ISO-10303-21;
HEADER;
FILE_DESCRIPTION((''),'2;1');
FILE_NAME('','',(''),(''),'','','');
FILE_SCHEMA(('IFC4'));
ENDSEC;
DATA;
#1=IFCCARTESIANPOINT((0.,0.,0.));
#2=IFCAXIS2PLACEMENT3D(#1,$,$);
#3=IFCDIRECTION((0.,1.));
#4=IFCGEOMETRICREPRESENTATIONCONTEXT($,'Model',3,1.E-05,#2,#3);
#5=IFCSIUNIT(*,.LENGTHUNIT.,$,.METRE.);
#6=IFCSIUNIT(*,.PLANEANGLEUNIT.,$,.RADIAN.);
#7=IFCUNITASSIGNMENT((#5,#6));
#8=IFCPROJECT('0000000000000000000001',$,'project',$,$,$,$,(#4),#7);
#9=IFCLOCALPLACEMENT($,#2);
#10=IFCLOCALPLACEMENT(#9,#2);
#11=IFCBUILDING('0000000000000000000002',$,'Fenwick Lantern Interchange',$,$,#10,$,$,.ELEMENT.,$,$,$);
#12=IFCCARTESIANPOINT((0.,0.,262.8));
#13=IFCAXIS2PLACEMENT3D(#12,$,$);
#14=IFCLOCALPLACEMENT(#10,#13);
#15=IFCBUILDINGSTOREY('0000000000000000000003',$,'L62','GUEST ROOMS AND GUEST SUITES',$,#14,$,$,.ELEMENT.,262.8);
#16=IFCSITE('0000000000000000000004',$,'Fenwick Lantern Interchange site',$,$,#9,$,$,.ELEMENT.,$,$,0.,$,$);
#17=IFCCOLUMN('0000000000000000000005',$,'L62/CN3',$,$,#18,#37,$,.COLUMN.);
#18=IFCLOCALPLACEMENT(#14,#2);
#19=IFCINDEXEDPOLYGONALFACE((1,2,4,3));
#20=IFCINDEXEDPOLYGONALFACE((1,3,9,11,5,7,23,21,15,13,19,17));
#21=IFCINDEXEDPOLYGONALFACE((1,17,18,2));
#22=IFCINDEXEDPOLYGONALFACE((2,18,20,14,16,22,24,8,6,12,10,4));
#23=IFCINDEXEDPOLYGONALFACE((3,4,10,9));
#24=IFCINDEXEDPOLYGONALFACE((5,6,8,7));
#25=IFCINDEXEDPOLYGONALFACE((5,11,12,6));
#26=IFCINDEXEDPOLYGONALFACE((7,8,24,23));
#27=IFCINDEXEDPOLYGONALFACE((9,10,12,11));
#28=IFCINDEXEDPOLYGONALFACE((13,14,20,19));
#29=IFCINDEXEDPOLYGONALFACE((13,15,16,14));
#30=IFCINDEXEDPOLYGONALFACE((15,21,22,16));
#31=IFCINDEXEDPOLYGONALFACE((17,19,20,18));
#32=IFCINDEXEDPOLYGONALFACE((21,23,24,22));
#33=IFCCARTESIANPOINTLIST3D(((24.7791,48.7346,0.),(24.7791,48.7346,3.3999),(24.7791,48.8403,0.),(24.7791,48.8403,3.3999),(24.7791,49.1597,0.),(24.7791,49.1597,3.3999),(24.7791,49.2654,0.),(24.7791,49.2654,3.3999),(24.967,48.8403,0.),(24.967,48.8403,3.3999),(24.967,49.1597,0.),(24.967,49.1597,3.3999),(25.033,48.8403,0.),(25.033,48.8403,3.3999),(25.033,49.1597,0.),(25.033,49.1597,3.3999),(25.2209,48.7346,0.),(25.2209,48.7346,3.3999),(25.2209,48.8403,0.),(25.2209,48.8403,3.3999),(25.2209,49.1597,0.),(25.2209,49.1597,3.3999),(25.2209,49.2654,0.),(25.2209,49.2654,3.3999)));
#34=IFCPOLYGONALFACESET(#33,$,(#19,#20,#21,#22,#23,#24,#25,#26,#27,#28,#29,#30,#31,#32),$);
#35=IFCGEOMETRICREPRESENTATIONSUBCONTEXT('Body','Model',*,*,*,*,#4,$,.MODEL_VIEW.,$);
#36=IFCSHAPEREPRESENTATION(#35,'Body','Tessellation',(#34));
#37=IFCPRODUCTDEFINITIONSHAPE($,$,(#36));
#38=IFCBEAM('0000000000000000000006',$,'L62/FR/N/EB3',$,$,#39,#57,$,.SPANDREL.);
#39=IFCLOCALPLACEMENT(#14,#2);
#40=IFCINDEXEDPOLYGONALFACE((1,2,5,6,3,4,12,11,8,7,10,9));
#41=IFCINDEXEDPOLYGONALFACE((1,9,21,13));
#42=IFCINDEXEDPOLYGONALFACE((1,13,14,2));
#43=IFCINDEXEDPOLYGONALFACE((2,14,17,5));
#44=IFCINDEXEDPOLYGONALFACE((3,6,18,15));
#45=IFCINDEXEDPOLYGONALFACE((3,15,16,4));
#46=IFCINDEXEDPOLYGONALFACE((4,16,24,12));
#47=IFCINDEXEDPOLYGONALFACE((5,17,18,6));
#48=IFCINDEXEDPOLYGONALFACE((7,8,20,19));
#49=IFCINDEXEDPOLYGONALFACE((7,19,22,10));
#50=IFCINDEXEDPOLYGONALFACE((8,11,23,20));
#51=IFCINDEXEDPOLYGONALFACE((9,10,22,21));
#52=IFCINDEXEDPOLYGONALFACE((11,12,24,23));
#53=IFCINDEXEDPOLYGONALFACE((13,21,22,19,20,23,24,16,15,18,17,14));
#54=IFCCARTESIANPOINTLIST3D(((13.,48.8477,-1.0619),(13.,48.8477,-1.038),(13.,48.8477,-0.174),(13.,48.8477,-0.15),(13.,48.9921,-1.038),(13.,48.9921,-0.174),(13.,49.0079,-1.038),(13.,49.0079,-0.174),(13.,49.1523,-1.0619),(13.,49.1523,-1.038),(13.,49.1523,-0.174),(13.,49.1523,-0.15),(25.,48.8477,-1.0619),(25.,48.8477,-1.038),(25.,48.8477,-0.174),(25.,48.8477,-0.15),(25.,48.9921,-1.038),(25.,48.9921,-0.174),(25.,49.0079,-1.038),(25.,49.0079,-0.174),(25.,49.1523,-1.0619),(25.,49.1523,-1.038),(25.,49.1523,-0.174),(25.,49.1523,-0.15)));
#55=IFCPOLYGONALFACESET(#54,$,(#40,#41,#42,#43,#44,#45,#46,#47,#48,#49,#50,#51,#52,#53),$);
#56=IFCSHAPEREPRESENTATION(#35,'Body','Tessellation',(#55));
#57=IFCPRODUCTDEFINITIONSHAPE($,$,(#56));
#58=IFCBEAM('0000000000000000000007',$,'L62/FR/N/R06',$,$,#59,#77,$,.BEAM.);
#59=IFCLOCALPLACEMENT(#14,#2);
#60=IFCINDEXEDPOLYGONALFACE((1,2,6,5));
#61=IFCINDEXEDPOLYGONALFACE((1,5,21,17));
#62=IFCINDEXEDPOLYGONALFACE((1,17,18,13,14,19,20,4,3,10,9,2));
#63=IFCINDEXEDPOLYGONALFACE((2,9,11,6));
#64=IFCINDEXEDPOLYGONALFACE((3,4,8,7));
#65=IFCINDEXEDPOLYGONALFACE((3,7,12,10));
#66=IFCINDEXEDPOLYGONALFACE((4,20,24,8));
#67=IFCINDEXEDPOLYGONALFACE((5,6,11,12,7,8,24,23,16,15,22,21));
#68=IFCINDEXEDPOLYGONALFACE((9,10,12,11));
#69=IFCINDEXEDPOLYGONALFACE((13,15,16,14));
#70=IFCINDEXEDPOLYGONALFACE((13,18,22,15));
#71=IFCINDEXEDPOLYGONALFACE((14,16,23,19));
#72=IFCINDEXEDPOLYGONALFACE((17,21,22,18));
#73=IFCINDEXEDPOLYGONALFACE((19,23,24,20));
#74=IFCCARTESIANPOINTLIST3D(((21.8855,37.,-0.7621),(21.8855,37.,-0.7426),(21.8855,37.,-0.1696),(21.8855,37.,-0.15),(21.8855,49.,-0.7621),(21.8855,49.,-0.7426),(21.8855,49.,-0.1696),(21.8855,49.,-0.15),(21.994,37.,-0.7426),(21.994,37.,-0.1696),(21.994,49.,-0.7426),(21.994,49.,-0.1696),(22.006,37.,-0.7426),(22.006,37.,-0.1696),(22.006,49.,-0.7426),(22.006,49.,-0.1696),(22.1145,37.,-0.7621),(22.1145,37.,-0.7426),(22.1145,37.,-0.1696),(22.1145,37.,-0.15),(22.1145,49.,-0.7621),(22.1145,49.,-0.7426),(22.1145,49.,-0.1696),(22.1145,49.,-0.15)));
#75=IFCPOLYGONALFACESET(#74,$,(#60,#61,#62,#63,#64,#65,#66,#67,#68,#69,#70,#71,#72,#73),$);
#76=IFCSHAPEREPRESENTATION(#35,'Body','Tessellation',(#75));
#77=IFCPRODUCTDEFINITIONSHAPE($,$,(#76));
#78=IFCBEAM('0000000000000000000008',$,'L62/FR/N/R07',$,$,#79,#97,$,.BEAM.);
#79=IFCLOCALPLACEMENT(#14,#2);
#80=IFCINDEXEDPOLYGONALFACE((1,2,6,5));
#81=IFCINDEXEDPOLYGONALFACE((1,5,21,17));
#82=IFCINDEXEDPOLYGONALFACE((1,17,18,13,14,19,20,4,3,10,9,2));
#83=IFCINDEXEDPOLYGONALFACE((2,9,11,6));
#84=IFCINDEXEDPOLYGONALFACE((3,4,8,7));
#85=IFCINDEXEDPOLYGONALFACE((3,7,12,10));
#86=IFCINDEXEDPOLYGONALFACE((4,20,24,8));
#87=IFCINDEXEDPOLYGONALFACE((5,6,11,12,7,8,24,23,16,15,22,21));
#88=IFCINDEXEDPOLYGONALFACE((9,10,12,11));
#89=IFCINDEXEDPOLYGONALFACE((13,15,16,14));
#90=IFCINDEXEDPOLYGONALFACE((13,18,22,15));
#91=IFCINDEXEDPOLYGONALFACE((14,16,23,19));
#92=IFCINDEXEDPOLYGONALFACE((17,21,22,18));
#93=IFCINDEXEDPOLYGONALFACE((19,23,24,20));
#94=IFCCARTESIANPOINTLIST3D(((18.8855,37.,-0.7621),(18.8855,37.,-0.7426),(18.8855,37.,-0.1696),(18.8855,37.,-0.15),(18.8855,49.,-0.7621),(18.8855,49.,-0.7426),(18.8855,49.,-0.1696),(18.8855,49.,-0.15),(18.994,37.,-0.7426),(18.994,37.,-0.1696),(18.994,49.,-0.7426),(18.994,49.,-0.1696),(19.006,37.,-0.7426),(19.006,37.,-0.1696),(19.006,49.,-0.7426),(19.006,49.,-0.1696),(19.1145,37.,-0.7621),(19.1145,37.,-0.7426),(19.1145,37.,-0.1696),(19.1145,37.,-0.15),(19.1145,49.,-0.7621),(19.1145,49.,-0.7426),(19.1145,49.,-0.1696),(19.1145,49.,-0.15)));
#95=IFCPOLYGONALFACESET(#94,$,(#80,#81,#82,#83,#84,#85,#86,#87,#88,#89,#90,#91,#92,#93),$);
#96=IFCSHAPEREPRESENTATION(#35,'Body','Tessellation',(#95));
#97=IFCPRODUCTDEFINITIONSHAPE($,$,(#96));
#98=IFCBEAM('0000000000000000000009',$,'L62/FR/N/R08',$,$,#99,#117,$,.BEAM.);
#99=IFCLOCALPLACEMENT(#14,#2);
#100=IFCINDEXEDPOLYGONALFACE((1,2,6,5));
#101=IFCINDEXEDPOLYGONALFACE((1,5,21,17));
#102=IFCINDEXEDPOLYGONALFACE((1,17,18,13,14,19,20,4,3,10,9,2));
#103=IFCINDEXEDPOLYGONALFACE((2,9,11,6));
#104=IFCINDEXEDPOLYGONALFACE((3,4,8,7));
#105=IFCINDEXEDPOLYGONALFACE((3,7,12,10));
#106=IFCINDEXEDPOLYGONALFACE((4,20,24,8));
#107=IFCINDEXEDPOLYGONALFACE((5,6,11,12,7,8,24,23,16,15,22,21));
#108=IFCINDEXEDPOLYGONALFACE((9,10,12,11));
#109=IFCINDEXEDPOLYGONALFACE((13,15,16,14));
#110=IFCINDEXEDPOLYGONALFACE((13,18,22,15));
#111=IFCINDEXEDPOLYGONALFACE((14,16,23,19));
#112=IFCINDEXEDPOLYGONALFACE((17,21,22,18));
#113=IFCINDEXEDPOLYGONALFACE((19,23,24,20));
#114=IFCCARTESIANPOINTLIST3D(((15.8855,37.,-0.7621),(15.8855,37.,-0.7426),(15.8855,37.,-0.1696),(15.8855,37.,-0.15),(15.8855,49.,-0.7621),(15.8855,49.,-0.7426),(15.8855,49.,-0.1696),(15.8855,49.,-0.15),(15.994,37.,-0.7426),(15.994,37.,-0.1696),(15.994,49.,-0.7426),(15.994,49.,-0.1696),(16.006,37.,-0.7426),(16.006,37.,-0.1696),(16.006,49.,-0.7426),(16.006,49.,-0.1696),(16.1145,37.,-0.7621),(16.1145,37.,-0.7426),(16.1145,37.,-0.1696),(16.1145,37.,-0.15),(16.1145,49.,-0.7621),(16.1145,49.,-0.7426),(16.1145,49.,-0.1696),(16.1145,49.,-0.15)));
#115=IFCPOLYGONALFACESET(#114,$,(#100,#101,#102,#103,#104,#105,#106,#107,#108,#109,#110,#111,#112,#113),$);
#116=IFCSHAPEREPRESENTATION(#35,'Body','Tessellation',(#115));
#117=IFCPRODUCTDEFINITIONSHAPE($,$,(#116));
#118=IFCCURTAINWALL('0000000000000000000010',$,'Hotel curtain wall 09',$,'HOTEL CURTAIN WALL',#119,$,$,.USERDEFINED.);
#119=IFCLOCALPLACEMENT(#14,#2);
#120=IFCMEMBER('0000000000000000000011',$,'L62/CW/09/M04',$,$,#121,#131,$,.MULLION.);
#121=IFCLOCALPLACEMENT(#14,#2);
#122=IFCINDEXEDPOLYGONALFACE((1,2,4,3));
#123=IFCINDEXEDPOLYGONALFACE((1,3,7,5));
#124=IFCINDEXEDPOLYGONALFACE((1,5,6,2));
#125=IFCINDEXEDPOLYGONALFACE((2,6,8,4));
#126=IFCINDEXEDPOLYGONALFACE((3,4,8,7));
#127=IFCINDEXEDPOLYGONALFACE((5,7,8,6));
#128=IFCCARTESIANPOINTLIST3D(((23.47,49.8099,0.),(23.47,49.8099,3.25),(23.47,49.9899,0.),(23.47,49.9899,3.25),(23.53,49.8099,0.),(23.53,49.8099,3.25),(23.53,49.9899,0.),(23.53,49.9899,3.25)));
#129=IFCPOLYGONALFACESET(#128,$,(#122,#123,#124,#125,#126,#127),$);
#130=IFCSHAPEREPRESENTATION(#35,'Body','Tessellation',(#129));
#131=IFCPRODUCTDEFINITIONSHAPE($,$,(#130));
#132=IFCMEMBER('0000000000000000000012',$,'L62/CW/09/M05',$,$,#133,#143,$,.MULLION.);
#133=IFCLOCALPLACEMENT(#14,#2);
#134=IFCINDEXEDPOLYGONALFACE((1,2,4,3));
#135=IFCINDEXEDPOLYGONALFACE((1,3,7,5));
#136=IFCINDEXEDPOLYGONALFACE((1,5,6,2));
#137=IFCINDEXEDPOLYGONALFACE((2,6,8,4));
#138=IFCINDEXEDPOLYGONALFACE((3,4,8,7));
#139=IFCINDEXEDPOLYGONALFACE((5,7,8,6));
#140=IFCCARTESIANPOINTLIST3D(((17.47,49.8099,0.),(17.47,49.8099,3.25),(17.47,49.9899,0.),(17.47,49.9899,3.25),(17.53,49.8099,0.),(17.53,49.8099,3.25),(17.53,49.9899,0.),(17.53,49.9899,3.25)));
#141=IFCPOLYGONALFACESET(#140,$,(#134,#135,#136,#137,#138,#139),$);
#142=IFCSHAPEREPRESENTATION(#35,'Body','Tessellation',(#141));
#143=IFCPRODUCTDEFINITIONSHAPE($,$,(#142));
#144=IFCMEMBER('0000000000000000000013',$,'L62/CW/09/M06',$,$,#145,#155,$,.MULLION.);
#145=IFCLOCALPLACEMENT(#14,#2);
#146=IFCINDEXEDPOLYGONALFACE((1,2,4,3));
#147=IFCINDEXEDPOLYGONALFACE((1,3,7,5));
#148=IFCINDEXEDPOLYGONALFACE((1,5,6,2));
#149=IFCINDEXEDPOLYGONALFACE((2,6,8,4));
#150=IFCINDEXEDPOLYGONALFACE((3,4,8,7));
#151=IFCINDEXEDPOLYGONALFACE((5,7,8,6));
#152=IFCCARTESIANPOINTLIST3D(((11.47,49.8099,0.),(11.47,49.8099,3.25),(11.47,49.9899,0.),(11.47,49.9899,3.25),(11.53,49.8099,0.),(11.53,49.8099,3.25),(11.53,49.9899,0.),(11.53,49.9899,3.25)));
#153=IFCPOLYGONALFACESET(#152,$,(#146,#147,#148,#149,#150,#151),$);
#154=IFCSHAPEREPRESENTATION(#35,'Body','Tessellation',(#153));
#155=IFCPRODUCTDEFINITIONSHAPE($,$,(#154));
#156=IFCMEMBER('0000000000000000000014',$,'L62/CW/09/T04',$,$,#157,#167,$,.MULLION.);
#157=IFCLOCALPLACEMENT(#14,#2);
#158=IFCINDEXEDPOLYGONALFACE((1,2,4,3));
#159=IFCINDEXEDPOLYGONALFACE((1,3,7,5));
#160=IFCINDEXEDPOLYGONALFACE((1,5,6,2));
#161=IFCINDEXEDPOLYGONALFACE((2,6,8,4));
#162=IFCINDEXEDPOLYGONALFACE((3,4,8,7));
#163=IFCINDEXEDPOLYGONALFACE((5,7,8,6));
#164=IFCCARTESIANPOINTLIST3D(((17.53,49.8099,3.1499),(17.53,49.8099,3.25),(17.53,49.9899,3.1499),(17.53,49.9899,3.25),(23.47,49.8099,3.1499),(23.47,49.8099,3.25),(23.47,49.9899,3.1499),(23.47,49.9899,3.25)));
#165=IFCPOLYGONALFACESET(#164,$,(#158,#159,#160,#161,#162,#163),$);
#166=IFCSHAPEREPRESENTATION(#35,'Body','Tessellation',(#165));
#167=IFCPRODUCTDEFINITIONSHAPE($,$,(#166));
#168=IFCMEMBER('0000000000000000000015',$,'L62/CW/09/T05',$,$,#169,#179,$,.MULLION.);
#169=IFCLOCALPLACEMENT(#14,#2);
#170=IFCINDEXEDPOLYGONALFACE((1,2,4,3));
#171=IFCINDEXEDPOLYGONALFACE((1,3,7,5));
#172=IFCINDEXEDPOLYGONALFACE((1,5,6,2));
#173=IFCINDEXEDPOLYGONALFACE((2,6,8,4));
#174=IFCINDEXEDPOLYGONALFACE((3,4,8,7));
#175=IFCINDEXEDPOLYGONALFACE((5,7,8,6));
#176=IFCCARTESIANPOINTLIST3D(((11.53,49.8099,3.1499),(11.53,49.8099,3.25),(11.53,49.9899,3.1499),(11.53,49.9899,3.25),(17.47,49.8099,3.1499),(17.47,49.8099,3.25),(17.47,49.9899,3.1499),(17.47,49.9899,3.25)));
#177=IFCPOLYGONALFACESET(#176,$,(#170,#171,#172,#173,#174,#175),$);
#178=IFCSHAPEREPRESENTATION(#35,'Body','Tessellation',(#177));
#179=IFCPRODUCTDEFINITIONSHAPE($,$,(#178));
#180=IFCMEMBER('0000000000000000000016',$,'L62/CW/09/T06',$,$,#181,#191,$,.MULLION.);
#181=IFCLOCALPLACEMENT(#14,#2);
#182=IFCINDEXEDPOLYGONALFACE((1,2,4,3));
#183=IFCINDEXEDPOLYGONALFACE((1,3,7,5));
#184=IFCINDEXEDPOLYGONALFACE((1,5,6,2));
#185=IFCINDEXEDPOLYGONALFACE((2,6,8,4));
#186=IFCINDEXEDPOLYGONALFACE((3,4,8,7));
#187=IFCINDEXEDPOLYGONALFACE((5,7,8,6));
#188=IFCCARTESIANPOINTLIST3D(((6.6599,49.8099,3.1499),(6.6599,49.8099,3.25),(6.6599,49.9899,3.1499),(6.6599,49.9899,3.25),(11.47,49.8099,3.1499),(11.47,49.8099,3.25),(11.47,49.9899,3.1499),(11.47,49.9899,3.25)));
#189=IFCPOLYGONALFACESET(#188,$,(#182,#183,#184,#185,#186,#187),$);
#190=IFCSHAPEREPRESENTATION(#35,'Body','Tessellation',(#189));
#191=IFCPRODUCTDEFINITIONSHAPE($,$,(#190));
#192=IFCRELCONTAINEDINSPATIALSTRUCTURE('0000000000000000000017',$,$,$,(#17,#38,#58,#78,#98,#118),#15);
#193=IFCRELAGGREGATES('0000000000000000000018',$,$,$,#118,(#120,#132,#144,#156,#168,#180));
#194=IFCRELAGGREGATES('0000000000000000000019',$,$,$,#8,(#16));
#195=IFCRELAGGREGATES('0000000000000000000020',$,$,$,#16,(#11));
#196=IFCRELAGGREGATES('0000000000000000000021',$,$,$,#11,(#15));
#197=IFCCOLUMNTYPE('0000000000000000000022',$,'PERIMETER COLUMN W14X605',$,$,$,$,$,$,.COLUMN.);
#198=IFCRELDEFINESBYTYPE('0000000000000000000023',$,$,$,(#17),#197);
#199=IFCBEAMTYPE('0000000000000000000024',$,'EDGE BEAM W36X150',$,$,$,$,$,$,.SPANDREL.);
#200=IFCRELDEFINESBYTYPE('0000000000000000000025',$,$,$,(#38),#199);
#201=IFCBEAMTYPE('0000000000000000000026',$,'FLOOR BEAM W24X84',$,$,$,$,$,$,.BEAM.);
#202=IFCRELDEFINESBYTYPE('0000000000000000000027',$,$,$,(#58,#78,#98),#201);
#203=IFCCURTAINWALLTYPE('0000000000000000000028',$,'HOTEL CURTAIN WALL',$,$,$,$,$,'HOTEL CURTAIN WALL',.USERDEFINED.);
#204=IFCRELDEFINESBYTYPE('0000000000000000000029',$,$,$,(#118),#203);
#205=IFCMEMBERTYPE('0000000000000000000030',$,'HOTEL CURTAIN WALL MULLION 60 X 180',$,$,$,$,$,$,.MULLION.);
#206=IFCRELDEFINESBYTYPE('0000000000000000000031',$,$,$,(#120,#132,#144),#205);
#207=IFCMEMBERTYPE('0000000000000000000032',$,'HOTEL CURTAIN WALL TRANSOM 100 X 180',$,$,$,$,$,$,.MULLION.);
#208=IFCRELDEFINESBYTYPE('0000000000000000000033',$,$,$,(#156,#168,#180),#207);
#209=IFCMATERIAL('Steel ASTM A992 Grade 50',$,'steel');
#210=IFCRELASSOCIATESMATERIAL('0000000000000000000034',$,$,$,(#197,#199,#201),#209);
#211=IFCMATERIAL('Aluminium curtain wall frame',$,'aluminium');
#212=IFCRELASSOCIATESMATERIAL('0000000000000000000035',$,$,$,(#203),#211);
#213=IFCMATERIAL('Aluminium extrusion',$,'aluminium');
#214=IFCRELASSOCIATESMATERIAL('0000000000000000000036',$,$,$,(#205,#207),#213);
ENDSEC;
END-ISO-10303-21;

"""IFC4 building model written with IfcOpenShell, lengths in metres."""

from ifc_helpers import new_model, si_unit, direction, frame, origin, origin_2d, place, context, subcontext, project, spatial, rectangle, i_section, extrude, material, material_profile, profile_set, type_object, element, aggregate, save


model = new_model("IFC4")

# Units and contexts
model_context = context("Model", 3, precision=1e-05, world=origin(), true_north=direction((0.0, 1.0)))
body_context = subcontext(model_context, "Body", "Model", "MODEL_VIEW")
ifc_project = project(units=[si_unit("LENGTHUNIT", "METRE"), si_unit("PLANEANGLEUNIT", "RADIAN")], contexts=[model_context])

# Site, building, storey
site_placement = place(None, origin())
site = spatial("IfcSite", under=ifc_project, at=site_placement, Name="Fenwick Lantern Interchange site", CompositionType="ELEMENT", RefElevation=0.0)
building_placement = place(site_placement, origin())
building = spatial("IfcBuilding", under=site, at=building_placement, Name="Fenwick Lantern Interchange", CompositionType="ELEMENT")
storey_placement = place(building_placement, frame((0.0, 0.0, 262.8)))
storey = spatial("IfcBuildingStorey", under=building, at=storey_placement, Name="L62", Description="GUEST ROOMS AND GUEST SUITES", CompositionType="ELEMENT", Elevation=262.8)

# Column
ifc_material_1 = material(Name="Steel ASTM A992 Grade 50", Category="steel")
ifc_material_profile_1 = material_profile(ifc_material_1, i_section(OverallWidth=0.4419, OverallDepth=0.5308, WebThickness=0.0659, FlangeThickness=0.1057, at=origin_2d()), Name="W14X605")
ifc_profile_set_1 = profile_set([ifc_material_profile_1], Name="Steel ASTM A992 Grade 50")
column_type = type_object("IfcColumnType", Name="PERIMETER COLUMN W14X605", PredefinedType="COLUMN", material=ifc_profile_set_1)
column_placement = place(storey_placement, frame((25.0, 49.0, 0.0), z_axis=(0.0, 0.0, 1.0), x_axis=(1.0, 0.0, 0.0)))
element("IfcColumn", 1, at=column_placement, inside=storey, type_object=column_type, Name="L62/CN3", PredefinedType="COLUMN", context=body_context, shape_type="SweptSolid", body=[
    extrude(i_section(OverallWidth=0.4419, OverallDepth=0.5308, WebThickness=0.0659, FlangeThickness=0.1057, at=origin_2d()), origin(), (0.0, 0.0, 1.0), 3.3999),
])

# Beams
ifc_material_profile_2 = material_profile(ifc_material_1, i_section(OverallWidth=0.3047, OverallDepth=0.9119, WebThickness=0.0159, FlangeThickness=0.0239, at=origin_2d()), Name="W36X150")
ifc_profile_set_2 = profile_set([ifc_material_profile_2], Name="Steel ASTM A992 Grade 50")
beam_type_1 = type_object("IfcBeamType", Name="EDGE BEAM W36X150", PredefinedType="SPANDREL", material=ifc_profile_set_2)
beam_placement = place(storey_placement, frame((25.0, 49.0, -0.606), z_axis=(-1.0, 0.0, 0.0), x_axis=(0.0, -1.0, 0.0)))
element("IfcBeam", 2, at=beam_placement, inside=storey, type_object=beam_type_1, Name="L62/FR/N/EB3", PredefinedType="SPANDREL", context=body_context, shape_type="SweptSolid", body=[
    extrude(i_section(OverallWidth=0.3047, OverallDepth=0.9119, WebThickness=0.0159, FlangeThickness=0.0239, at=origin_2d()), origin(), (0.0, 0.0, 1.0), 12.0),
])
ifc_material_profile_3 = material_profile(ifc_material_1, i_section(OverallWidth=0.229, OverallDepth=0.6121, WebThickness=0.012, FlangeThickness=0.0195, at=origin_2d()), Name="W24X84")
ifc_profile_set_3 = profile_set([ifc_material_profile_3], Name="Steel ASTM A992 Grade 50")
beam_type_2 = type_object("IfcBeamType", Name="FLOOR BEAM W24X84", PredefinedType="BEAM", material=ifc_profile_set_3)
for number, where, z_axis, x_axis, name in (
    (3, (22.0, 49.0, -0.4561), (0.0, -1.0, 0.0), (1.0, 0.0, 0.0), "L62/FR/N/R06"),
    (4, (19.0, 49.0, -0.4561), (0.0, -1.0, 0.0), (1.0, 0.0, 0.0), "L62/FR/N/R07"),
    (5, (16.0, 49.0, -0.4561), (0.0, -1.0, 0.0), (1.0, 0.0, 0.0), "L62/FR/N/R08"),
):
    element("IfcBeam", number, at=place(storey_placement, frame(where, z_axis=z_axis, x_axis=x_axis)), inside=storey, type_object=beam_type_2, Name=name, PredefinedType="BEAM", context=body_context, shape_type="SweptSolid", body=[
        extrude(i_section(OverallWidth=0.229, OverallDepth=0.6121, WebThickness=0.012, FlangeThickness=0.0195, at=origin_2d()), origin(), (0.0, 0.0, 1.0), 12.0),
    ])

# Curtain wall, members
ifc_material_2 = material(Name="Aluminium curtain wall frame", Category="aluminium")
curtain_wall_type = type_object("IfcCurtainWallType", Name="HOTEL CURTAIN WALL", ElementType="HOTEL CURTAIN WALL", PredefinedType="USERDEFINED", material=ifc_material_2)
curtain_wall_placement = place(storey_placement, origin())
curtain_wall = element("IfcCurtainWall", 6, at=curtain_wall_placement, inside=storey, type_object=curtain_wall_type, Name="Hotel curtain wall 09", ObjectType="HOTEL CURTAIN WALL", PredefinedType="USERDEFINED")
ifc_material_3 = material(Name="Aluminium extrusion", Category="aluminium")
ifc_material_profile_4 = material_profile(ifc_material_3, rectangle(XDim=0.1799, YDim=0.0601, at=origin_2d()), Name="HOTEL CURTAIN WALL MULLION 60 X 180")
ifc_profile_set_4 = profile_set([ifc_material_profile_4], Name="Aluminium extrusion")
member_type_1 = type_object("IfcMemberType", Name="HOTEL CURTAIN WALL MULLION 60 X 180", PredefinedType="MULLION", material=ifc_profile_set_4)
member_1_placement = place(storey_placement, frame((23.5, 49.8999, 0.0), z_axis=(0.0, 0.0, 1.0), x_axis=(0.0, -1.0, 0.0)))
member_1 = element("IfcMember", 7, at=member_1_placement, type_object=member_type_1, Name="L62/CW/09/M04", PredefinedType="MULLION", context=body_context, shape_type="SweptSolid", body=[
    extrude(rectangle(XDim=0.1799, YDim=0.0601, at=origin_2d()), origin(), (0.0, 0.0, 1.0), 3.25),
])
member_2_placement = place(storey_placement, frame((17.5, 49.8999, 0.0), z_axis=(0.0, 0.0, 1.0), x_axis=(0.0, -1.0, 0.0)))
member_2 = element("IfcMember", 8, at=member_2_placement, type_object=member_type_1, Name="L62/CW/09/M05", PredefinedType="MULLION", context=body_context, shape_type="SweptSolid", body=[
    extrude(rectangle(XDim=0.1799, YDim=0.0601, at=origin_2d()), origin(), (0.0, 0.0, 1.0), 3.25),
])
member_3_placement = place(storey_placement, frame((11.5, 49.8999, 0.0), z_axis=(0.0, 0.0, 1.0), x_axis=(0.0, -1.0, 0.0)))
member_3 = element("IfcMember", 9, at=member_3_placement, type_object=member_type_1, Name="L62/CW/09/M06", PredefinedType="MULLION", context=body_context, shape_type="SweptSolid", body=[
    extrude(rectangle(XDim=0.1799, YDim=0.0601, at=origin_2d()), origin(), (0.0, 0.0, 1.0), 3.25),
])
ifc_material_profile_5 = material_profile(ifc_material_3, rectangle(XDim=0.1799, YDim=0.1001, at=origin_2d()), Name="HOTEL CURTAIN WALL TRANSOM 100 X 180")
ifc_profile_set_5 = profile_set([ifc_material_profile_5], Name="Aluminium extrusion")
member_type_2 = type_object("IfcMemberType", Name="HOTEL CURTAIN WALL TRANSOM 100 X 180", PredefinedType="MULLION", material=ifc_profile_set_5)
member_4_placement = place(storey_placement, frame((23.47, 49.8999, 3.2), z_axis=(-1.0, 0.0, 0.0), x_axis=(0.0, -1.0, 0.0)))
member_4 = element("IfcMember", 10, at=member_4_placement, type_object=member_type_2, Name="L62/CW/09/T04", PredefinedType="MULLION", context=body_context, shape_type="SweptSolid", body=[
    extrude(rectangle(XDim=0.1799, YDim=0.1001, at=origin_2d()), origin(), (0.0, 0.0, 1.0), 5.9399),
])
member_5_placement = place(storey_placement, frame((17.47, 49.8999, 3.2), z_axis=(-1.0, 0.0, 0.0), x_axis=(0.0, -1.0, 0.0)))
member_5 = element("IfcMember", 11, at=member_5_placement, type_object=member_type_2, Name="L62/CW/09/T05", PredefinedType="MULLION", context=body_context, shape_type="SweptSolid", body=[
    extrude(rectangle(XDim=0.1799, YDim=0.1001, at=origin_2d()), origin(), (0.0, 0.0, 1.0), 5.9399),
])
member_6_placement = place(storey_placement, frame((11.47, 49.8999, 3.2), z_axis=(-1.0, 0.0, 0.0), x_axis=(0.0, -1.0, 0.0)))
member_6 = element("IfcMember", 12, at=member_6_placement, type_object=member_type_2, Name="L62/CW/09/T06", PredefinedType="MULLION", context=body_context, shape_type="SweptSolid", body=[
    extrude(rectangle(XDim=0.1799, YDim=0.1001, at=origin_2d()), origin(), (0.0, 0.0, 1.0), 4.8101),
])
aggregate(curtain_wall, [member_1, member_2, member_3, member_4, member_5, member_6])

save(model, "model.ifc")
